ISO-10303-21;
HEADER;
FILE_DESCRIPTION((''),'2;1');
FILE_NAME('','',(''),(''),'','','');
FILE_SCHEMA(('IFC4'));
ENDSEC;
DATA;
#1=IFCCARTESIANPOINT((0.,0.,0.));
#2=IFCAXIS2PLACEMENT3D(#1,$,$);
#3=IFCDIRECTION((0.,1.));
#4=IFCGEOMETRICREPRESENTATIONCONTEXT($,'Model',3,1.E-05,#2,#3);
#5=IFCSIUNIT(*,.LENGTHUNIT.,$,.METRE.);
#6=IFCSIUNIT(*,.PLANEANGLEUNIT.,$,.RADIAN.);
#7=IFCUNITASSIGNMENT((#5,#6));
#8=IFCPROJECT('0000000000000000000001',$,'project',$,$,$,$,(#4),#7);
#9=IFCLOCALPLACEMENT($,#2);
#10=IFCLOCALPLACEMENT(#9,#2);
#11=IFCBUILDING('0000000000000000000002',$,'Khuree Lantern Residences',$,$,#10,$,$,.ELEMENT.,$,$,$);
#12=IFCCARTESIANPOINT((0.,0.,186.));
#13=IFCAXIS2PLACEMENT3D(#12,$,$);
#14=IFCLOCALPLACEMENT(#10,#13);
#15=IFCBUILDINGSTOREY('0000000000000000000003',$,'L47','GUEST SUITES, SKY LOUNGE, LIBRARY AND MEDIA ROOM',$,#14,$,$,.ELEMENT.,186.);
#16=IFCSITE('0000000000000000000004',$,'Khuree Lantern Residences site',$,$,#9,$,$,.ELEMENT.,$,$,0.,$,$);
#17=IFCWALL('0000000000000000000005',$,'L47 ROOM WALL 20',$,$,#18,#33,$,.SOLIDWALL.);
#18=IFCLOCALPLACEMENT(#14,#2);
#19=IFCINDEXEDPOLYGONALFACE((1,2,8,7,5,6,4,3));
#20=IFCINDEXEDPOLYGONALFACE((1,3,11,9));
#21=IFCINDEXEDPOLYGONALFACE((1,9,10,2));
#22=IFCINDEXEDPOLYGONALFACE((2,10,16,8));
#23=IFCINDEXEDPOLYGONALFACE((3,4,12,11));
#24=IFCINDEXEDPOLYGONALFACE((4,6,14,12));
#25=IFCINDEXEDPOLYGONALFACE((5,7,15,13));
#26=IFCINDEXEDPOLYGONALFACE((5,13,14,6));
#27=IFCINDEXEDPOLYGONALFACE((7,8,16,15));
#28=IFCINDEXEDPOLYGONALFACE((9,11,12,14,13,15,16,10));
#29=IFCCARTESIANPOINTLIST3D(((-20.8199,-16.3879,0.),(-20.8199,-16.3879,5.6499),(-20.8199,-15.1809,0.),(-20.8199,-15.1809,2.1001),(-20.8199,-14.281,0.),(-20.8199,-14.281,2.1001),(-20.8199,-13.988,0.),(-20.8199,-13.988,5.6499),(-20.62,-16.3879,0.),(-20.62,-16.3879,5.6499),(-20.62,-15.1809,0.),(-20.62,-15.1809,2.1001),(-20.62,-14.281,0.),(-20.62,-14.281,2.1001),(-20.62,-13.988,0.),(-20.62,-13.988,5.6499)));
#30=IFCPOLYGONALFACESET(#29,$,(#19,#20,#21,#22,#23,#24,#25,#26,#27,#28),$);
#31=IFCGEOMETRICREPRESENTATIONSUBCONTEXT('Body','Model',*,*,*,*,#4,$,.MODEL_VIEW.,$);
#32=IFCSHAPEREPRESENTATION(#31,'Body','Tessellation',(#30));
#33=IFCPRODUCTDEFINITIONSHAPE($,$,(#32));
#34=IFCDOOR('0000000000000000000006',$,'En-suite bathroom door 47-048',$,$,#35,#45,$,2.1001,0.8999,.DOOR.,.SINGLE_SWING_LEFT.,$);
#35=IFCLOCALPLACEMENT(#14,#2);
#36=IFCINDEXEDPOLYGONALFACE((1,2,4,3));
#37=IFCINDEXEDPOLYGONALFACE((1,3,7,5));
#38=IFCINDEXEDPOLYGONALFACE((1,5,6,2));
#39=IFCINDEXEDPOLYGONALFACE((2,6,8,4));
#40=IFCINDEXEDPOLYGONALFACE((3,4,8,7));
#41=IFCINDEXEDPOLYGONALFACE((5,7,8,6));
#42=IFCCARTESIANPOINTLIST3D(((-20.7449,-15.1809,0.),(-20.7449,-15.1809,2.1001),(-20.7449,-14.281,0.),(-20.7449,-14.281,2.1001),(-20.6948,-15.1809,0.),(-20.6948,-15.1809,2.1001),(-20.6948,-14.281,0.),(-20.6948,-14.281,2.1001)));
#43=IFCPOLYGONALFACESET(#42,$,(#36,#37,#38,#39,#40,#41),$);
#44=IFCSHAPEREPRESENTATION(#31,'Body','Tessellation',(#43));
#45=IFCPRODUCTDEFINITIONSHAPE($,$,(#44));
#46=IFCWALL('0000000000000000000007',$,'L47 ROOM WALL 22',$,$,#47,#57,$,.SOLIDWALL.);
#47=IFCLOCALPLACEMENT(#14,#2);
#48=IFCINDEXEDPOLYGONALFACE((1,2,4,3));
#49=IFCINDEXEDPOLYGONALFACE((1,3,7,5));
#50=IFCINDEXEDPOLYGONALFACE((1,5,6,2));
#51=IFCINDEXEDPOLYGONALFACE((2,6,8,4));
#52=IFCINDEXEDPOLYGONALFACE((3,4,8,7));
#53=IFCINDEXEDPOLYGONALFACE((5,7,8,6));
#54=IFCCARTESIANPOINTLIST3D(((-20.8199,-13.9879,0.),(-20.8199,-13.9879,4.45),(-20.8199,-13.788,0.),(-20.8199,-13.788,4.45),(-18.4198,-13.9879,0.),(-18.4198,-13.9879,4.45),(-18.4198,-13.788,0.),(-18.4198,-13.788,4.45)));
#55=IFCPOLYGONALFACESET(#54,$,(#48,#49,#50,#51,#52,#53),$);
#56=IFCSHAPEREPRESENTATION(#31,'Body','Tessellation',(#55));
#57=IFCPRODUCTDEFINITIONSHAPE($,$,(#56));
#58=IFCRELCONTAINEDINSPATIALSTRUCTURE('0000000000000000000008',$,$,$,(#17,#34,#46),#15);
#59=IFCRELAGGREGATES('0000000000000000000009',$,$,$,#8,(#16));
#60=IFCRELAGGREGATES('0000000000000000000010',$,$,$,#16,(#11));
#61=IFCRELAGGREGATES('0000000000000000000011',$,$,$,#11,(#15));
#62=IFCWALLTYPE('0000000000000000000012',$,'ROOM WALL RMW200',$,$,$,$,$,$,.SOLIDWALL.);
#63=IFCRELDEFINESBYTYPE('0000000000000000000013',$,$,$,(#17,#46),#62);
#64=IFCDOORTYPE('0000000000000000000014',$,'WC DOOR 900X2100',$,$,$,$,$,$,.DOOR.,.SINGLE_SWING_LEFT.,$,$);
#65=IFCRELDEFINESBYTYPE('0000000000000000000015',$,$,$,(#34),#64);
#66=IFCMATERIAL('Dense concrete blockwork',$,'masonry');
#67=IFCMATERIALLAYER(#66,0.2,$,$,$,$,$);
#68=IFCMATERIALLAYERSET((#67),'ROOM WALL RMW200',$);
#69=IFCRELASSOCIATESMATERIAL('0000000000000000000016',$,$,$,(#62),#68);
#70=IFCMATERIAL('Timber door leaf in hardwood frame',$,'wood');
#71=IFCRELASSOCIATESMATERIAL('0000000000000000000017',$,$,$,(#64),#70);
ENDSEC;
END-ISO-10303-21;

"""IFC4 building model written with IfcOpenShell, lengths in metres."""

from ifc_helpers import new_model, si_unit, direction, frame, frame_2d, origin, place, context, subcontext, project, spatial, rectangle, extrude, material, layer, layer_set, type_object, element, fill, save


model = new_model("IFC4")

# Units and contexts
model_context = context("Model", 3, precision=1e-05, world=origin(), true_north=direction((0.0, 1.0)))
body_context = subcontext(model_context, "Body", "Model", "MODEL_VIEW")
ifc_project = project(units=[si_unit("LENGTHUNIT", "METRE"), si_unit("PLANEANGLEUNIT", "RADIAN")], contexts=[model_context])

# Site, building, storey
site_placement = place(None, origin())
site = spatial("IfcSite", under=ifc_project, at=site_placement, Name="Khuree Lantern Residences site", CompositionType="ELEMENT", RefElevation=0.0)
building_placement = place(site_placement, origin())
building = spatial("IfcBuilding", under=site, at=building_placement, Name="Khuree Lantern Residences", CompositionType="ELEMENT")
storey_placement = place(building_placement, frame((0.0, 0.0, 186.0)))
storey = spatial("IfcBuildingStorey", under=building, at=storey_placement, Name="L47", Description="GUEST SUITES, SKY LOUNGE, LIBRARY AND MEDIA ROOM", CompositionType="ELEMENT", Elevation=186.0)

# Shared definitions
ifc_material_1 = material(Name="Dense concrete blockwork", Category="masonry")
ifc_layer_1 = layer(ifc_material_1, 0.2)
ifc_layer_set_1 = layer_set([ifc_layer_1], Name="ROOM WALL RMW200")
wall_type = type_object("IfcWallType", Name="ROOM WALL RMW200", PredefinedType="SOLIDWALL", material=ifc_layer_set_1)
ifc_material_2 = material(Name="Timber door leaf in hardwood frame", Category="wood")
door_type_1 = type_object("IfcDoorType", Name="WC DOOR 900X2100", OperationType="SINGLE_SWING_LEFT", PredefinedType="DOOR", material=ifc_material_2)

# Wall, opening, door
wall_1_placement = place(storey_placement, frame((-20.72, -16.3879, 0.0), z_axis=(0.0, 0.0, 1.0), x_axis=(0.0, 1.0, 0.0)))
wall_1 = element("IfcWall", 1, at=wall_1_placement, inside=storey, type_object=wall_type, Name="L47 ROOM WALL 20", PredefinedType="SOLIDWALL", context=body_context, shape_type="SweptSolid", body=[
    extrude(rectangle(XDim=2.3999, YDim=0.2, at=frame_2d((1.2, 0.0))), origin(), (0.0, 0.0, 1.0), 5.6499),
])
opening_1_placement = place(wall_1_placement, frame((1.207, 0.0, 0.0)))
opening_1 = element("IfcOpeningElement", 2, at=opening_1_placement, cuts=wall_1, PredefinedType="OPENING", context=body_context, shape_type="SweptSolid", body=[
    extrude(rectangle(XDim=0.8999, YDim=2.1001, at=frame_2d((0.45, 1.05))), frame((0.0, 0.1099, 0.0), z_axis=(0.0, -1.0, 0.0), x_axis=(1.0, 0.0, 0.0)), (0.0, 0.0, 1.0), 0.22),
])
door_1_placement = place(opening_1_placement, origin())
door_1 = element("IfcDoor", 3, at=door_1_placement, inside=storey, type_object=door_type_1, Name="En-suite bathroom door 47-048", OperationType="SINGLE_SWING_LEFT", OverallHeight=2.1001, OverallWidth=0.8999, PredefinedType="DOOR", context=body_context, shape_type="SweptSolid", body=[
    extrude(rectangle(XDim=0.8999, YDim=2.1001, at=frame_2d((0.45, 1.05))), frame((0.0, 0.0249, 0.0), z_axis=(0.0, -1.0, 0.0), x_axis=(1.0, 0.0, 0.0)), (0.0, 0.0, 1.0), 0.05),
])
fill(opening_1, door_1)

# Wall
wall_2_placement = place(storey_placement, frame((-20.8201, -13.8879, 0.0), z_axis=(0.0, 0.0, 1.0), x_axis=(1.0, 0.0, 0.0)))
element("IfcWall", 4, at=wall_2_placement, inside=storey, type_object=wall_type, Name="L47 ROOM WALL 22", PredefinedType="SOLIDWALL", context=body_context, shape_type="SweptSolid", body=[
    extrude(rectangle(XDim=2.4001, YDim=0.2, at=frame_2d((1.2002, 0.0))), origin(), (0.0, 0.0, 1.0), 4.45),
])

save(model, "model.ifc")
